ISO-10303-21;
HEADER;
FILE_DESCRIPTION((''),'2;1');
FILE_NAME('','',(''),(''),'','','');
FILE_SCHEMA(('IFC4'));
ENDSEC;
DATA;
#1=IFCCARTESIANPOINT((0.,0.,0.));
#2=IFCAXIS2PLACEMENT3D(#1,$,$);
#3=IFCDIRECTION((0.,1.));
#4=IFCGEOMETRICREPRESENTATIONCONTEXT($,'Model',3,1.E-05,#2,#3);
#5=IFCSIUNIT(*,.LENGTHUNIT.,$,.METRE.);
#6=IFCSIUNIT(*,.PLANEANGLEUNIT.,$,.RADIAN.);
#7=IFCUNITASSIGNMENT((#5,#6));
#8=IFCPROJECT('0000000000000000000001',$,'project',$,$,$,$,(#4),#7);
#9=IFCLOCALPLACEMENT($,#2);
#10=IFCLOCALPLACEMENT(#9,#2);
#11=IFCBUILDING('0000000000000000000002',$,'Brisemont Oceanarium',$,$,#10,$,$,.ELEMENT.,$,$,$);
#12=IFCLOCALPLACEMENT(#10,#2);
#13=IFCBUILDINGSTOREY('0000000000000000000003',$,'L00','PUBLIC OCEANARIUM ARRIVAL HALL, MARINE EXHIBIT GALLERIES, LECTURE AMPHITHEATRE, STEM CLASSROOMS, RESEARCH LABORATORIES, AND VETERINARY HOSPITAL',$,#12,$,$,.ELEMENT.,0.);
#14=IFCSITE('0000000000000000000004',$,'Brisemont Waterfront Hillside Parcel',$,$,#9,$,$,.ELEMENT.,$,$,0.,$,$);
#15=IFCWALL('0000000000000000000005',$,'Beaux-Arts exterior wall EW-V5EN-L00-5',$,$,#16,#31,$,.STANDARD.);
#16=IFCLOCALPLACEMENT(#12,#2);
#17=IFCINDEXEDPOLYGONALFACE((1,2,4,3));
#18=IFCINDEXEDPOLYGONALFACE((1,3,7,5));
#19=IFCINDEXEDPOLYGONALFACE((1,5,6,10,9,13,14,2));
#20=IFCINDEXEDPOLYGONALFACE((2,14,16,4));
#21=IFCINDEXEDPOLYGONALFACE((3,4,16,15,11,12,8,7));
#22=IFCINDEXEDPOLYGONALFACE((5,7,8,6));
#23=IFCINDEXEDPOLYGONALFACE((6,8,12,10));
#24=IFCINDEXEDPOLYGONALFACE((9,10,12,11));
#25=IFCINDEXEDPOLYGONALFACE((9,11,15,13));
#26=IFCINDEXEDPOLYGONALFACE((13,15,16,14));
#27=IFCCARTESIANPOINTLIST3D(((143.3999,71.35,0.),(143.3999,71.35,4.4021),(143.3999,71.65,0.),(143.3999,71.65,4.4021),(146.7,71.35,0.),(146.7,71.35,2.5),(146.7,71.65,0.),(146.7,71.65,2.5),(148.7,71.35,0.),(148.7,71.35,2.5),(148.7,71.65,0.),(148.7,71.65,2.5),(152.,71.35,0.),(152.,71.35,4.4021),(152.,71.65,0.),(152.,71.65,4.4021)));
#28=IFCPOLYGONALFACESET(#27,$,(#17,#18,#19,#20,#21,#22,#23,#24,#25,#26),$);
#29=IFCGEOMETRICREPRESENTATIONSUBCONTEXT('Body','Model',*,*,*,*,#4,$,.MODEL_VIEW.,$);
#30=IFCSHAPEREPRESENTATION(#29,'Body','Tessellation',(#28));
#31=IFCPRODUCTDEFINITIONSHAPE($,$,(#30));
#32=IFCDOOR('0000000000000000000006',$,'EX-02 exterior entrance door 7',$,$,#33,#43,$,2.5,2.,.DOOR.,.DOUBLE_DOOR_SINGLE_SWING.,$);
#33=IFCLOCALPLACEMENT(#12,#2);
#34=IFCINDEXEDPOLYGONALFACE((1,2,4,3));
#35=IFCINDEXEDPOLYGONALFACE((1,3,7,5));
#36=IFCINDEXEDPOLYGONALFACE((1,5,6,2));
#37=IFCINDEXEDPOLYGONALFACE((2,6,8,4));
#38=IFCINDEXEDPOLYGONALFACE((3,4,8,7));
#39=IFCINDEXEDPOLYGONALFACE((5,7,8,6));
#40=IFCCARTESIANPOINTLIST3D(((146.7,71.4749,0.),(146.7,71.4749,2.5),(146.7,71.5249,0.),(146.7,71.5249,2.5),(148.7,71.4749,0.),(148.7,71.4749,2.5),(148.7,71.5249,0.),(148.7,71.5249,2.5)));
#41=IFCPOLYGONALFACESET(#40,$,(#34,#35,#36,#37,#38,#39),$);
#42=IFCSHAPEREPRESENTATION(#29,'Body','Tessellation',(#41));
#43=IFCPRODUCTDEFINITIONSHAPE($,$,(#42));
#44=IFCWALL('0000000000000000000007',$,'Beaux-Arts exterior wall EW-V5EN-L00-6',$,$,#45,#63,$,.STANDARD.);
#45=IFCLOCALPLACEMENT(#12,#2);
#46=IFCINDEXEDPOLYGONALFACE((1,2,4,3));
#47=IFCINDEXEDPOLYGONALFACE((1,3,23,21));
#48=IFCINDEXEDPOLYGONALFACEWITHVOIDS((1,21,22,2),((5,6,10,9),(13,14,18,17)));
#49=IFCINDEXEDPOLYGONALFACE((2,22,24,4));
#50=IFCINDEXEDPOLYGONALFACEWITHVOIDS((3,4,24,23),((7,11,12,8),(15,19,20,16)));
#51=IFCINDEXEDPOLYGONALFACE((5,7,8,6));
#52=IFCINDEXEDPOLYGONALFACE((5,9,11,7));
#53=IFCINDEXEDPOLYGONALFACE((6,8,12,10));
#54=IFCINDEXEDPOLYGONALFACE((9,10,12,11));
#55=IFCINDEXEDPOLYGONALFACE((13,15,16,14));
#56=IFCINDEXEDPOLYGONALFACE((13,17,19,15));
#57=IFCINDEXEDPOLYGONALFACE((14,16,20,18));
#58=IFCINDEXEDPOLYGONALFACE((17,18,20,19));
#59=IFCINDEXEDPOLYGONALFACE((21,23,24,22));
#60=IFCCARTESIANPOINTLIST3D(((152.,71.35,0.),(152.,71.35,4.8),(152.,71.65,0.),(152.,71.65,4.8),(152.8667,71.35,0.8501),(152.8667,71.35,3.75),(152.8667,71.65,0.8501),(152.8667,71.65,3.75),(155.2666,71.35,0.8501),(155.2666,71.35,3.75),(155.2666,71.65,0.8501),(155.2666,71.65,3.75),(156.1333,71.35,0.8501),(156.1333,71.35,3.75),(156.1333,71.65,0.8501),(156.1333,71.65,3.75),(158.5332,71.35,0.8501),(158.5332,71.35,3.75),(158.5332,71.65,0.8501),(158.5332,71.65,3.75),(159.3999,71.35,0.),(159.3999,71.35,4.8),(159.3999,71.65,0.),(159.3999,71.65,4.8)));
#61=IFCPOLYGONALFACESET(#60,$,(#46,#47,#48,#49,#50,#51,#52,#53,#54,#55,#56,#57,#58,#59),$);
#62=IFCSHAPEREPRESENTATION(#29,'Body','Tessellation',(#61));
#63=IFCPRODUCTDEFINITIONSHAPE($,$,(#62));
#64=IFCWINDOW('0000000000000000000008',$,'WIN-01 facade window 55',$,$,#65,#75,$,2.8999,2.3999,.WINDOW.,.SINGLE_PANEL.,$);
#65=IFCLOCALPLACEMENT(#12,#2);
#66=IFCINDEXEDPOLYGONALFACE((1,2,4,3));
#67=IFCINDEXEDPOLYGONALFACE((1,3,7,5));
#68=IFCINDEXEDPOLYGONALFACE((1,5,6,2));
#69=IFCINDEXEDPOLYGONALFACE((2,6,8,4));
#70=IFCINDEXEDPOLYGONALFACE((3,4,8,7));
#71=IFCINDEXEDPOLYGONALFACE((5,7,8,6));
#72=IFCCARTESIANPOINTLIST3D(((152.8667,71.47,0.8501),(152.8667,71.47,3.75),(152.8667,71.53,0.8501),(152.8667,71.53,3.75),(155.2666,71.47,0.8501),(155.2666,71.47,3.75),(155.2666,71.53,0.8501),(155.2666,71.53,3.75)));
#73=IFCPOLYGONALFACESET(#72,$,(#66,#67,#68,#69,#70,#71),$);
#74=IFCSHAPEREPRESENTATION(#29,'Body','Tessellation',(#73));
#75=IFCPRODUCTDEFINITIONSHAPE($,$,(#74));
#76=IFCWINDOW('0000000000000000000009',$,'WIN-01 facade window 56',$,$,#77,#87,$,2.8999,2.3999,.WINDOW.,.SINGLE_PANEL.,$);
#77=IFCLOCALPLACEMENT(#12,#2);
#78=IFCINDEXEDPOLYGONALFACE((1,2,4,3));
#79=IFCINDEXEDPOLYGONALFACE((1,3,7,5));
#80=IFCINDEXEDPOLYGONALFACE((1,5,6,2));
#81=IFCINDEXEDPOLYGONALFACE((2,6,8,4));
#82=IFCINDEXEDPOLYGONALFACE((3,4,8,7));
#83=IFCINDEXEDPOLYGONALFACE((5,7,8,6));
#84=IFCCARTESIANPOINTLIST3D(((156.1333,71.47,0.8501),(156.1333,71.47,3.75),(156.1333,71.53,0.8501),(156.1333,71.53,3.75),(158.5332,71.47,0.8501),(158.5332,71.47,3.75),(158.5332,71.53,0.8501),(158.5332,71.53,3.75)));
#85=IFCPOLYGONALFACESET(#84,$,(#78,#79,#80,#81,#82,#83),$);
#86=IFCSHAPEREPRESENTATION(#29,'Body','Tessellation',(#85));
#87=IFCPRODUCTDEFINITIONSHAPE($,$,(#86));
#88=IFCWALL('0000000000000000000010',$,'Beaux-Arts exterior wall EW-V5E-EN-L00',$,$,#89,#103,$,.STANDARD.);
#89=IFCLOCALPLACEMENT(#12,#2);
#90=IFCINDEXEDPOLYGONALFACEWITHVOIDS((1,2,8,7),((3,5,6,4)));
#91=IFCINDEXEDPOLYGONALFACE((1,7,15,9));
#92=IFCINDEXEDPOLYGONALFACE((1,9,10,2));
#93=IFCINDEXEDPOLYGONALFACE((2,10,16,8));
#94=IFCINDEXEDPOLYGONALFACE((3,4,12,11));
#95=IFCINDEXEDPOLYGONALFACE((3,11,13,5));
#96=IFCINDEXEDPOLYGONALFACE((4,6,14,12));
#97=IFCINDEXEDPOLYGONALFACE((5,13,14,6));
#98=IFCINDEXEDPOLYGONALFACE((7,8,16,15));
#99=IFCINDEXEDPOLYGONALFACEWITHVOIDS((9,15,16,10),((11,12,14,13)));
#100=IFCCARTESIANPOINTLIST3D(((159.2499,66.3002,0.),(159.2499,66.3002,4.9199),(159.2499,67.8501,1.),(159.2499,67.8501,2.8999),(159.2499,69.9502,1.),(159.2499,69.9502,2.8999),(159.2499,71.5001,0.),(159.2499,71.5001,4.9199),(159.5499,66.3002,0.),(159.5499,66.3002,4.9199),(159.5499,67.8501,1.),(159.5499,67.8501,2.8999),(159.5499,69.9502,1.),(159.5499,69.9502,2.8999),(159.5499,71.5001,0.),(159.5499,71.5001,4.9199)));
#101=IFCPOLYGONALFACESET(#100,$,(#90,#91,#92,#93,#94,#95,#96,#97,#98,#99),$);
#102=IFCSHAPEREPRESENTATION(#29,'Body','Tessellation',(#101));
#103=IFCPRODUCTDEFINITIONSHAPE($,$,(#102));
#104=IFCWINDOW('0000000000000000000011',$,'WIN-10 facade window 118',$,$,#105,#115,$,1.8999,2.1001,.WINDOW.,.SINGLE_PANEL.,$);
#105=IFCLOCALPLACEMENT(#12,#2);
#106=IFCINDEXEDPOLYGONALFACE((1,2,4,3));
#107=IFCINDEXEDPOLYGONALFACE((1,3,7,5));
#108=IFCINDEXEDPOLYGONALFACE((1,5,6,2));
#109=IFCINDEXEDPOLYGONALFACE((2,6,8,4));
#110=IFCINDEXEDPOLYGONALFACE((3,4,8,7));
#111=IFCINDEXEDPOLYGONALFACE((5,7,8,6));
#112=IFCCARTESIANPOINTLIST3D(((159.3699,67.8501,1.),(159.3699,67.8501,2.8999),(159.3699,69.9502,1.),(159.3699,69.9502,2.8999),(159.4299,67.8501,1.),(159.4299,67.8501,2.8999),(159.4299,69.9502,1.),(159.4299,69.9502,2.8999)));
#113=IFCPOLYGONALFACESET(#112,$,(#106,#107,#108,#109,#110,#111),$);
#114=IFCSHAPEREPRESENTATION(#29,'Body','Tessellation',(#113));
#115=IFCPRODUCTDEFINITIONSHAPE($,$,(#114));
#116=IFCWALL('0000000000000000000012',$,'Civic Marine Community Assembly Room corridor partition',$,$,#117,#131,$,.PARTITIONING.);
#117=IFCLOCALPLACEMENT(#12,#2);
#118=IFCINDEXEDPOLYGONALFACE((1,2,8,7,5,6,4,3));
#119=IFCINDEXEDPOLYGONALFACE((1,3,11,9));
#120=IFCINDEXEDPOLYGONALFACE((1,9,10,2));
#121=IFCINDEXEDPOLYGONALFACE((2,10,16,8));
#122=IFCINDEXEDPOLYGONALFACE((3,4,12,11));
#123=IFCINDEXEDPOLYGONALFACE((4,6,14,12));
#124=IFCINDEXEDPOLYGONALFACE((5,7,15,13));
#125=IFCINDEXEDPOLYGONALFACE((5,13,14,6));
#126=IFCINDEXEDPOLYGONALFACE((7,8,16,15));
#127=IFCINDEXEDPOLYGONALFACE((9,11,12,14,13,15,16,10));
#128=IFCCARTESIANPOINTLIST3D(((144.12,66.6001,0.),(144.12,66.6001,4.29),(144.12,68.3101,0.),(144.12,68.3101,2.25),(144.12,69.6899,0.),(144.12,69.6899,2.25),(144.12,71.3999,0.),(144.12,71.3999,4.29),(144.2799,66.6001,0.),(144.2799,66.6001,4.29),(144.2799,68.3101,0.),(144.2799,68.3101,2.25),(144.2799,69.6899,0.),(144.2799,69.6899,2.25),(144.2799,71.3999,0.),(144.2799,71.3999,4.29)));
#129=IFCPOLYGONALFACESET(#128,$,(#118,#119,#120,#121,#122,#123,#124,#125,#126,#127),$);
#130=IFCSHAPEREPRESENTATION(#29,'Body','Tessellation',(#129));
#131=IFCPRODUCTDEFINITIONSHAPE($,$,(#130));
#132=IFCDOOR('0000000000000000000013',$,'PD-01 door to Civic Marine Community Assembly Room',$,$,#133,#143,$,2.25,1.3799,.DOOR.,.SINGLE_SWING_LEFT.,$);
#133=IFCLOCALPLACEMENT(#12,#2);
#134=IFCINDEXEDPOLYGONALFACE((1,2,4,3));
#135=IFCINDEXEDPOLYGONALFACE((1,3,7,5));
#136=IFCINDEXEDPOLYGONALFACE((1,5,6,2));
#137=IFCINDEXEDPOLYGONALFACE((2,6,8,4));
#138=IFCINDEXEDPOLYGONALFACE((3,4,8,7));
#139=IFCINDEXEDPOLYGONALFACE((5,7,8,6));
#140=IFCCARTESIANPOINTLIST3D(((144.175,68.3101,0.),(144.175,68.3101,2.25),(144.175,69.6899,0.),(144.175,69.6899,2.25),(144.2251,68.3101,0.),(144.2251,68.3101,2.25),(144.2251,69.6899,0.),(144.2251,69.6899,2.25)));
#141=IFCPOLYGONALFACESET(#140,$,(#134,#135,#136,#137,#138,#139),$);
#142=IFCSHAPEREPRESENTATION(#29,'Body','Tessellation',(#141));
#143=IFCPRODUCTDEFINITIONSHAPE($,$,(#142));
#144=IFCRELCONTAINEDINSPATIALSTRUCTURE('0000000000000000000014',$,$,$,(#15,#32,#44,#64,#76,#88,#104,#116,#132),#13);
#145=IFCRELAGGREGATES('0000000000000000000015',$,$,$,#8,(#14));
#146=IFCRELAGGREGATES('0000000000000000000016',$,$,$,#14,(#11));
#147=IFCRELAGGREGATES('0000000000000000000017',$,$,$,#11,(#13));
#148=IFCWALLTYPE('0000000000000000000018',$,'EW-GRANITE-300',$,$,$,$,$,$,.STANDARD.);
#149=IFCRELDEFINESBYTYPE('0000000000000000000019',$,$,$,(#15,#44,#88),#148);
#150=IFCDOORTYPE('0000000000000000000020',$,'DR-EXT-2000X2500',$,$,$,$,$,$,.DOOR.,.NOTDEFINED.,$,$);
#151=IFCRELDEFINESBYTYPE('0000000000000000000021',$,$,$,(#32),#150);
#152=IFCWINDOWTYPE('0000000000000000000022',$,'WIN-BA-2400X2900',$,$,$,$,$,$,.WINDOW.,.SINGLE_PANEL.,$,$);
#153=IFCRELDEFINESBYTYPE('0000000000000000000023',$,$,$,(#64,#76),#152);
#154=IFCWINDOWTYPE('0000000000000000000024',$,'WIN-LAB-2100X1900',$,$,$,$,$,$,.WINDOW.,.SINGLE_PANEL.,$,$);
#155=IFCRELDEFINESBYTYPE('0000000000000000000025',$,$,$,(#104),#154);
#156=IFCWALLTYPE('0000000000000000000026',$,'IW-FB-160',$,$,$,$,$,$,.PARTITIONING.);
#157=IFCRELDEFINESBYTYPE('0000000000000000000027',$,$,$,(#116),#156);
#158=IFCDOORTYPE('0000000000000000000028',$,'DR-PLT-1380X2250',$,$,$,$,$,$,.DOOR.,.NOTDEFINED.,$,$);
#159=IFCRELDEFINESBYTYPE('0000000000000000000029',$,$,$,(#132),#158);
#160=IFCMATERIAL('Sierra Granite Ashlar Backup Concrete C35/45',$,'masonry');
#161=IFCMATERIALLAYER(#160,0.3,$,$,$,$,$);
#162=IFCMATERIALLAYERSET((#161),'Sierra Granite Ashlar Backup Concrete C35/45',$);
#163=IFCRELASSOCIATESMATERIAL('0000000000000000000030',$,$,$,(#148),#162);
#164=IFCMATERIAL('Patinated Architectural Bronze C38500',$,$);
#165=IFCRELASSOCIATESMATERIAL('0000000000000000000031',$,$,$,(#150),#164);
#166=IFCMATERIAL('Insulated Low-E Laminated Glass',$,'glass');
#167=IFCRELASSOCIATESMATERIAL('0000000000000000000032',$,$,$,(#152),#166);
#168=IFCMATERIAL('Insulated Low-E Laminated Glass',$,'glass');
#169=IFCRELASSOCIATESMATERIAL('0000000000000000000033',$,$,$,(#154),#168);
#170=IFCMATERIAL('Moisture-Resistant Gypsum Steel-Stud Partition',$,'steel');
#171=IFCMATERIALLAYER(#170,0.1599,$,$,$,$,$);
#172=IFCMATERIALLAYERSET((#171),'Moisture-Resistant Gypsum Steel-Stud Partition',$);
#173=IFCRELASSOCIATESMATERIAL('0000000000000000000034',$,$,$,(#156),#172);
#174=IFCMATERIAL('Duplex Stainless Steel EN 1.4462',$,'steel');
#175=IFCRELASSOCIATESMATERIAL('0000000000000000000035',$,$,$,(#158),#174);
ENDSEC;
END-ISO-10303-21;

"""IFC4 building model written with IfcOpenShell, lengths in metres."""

from ifc_helpers import new_model, si_unit, direction, frame, frame_2d, origin, place, context, subcontext, project, spatial, rectangle, extrude, material, layer, layer_set, type_object, element, fill, save


model = new_model("IFC4")

# Units and contexts
model_context = context("Model", 3, precision=1e-05, world=origin(), true_north=direction((0.0, 1.0)))
body_context = subcontext(model_context, "Body", "Model", "MODEL_VIEW")
ifc_project = project(units=[si_unit("LENGTHUNIT", "METRE"), si_unit("PLANEANGLEUNIT", "RADIAN")], contexts=[model_context])

# Site, building, storey
site_placement = place(None, origin())
site = spatial("IfcSite", under=ifc_project, at=site_placement, Name="Brisemont Waterfront Hillside Parcel", CompositionType="ELEMENT", RefElevation=0.0)
building_placement = place(site_placement, origin())
building = spatial("IfcBuilding", under=site, at=building_placement, Name="Brisemont Oceanarium", CompositionType="ELEMENT")
storey_placement = place(building_placement, origin())
storey = spatial("IfcBuildingStorey", under=building, at=storey_placement, Name="L00", Description="PUBLIC OCEANARIUM ARRIVAL HALL, MARINE EXHIBIT GALLERIES, LECTURE AMPHITHEATRE, STEM CLASSROOMS, RESEARCH LABORATORIES, AND VETERINARY HOSPITAL", CompositionType="ELEMENT", Elevation=0.0)

# Wall, opening, door
ifc_material_1 = material(Name="Sierra Granite Ashlar Backup Concrete C35/45", Category="masonry")
ifc_layer_1 = layer(ifc_material_1, 0.3)
ifc_layer_set_1 = layer_set([ifc_layer_1], Name="Sierra Granite Ashlar Backup Concrete C35/45")
wall_type_1 = type_object("IfcWallType", Name="EW-GRANITE-300", PredefinedType="STANDARD", material=ifc_layer_set_1)
wall_1_placement = place(storey_placement, frame((143.3999, 71.5, 0.0), z_axis=(0.0, 0.0, 1.0), x_axis=(1.0, 0.0, 0.0)))
wall_1 = element("IfcWall", 1, at=wall_1_placement, inside=storey, type_object=wall_type_1, Name="Beaux-Arts exterior wall EW-V5EN-L00-5", PredefinedType="STANDARD", context=body_context, shape_type="SweptSolid", body=[
    extrude(rectangle(XDim=8.6001, YDim=0.3, at=frame_2d((4.3, 0.0))), origin(), (0.0, 0.0, 1.0), 4.4021),
])
opening_1_placement = place(wall_1_placement, frame((3.3, 0.0, 0.0)))
opening_1 = element("IfcOpeningElement", 2, at=opening_1_placement, cuts=wall_1, PredefinedType="OPENING", context=body_context, shape_type="SweptSolid", body=[
    extrude(rectangle(XDim=2.0, YDim=2.5, at=frame_2d((1.0, 1.25))), frame((0.0, 0.1599, 0.0), z_axis=(0.0, -1.0, 0.0), x_axis=(1.0, 0.0, 0.0)), (0.0, 0.0, 1.0), 0.3201),
])
ifc_material_2 = material(Name="Patinated Architectural Bronze C38500")
door_type_1 = type_object("IfcDoorType", Name="DR-EXT-2000X2500", OperationType="NOTDEFINED", PredefinedType="DOOR", material=ifc_material_2)
door_1_placement = place(opening_1_placement, origin())
door_1 = element("IfcDoor", 3, at=door_1_placement, inside=storey, type_object=door_type_1, Name="EX-02 exterior entrance door 7", OperationType="DOUBLE_DOOR_SINGLE_SWING", OverallHeight=2.5, OverallWidth=2.0, PredefinedType="DOOR", context=body_context, shape_type="SweptSolid", body=[
    extrude(rectangle(XDim=2.0, YDim=2.5, at=frame_2d((1.0, 1.25))), frame((0.0, 0.0249, 0.0), z_axis=(0.0, -1.0, 0.0), x_axis=(1.0, 0.0, 0.0)), (0.0, 0.0, 1.0), 0.05),
])
fill(opening_1, door_1)

# Wall, openings, windows
wall_2_placement = place(storey_placement, frame((152.0, 71.5, 0.0), z_axis=(0.0, 0.0, 1.0), x_axis=(1.0, 0.0, 0.0)))
wall_2 = element("IfcWall", 4, at=wall_2_placement, inside=storey, type_object=wall_type_1, Name="Beaux-Arts exterior wall EW-V5EN-L00-6", PredefinedType="STANDARD", context=body_context, shape_type="SweptSolid", body=[
    extrude(rectangle(XDim=7.3999, YDim=0.3, at=frame_2d((3.7, 0.0))), origin(), (0.0, 0.0, 1.0), 4.8),
])
opening_2_placement = place(wall_2_placement, frame((0.8667, 0.0, 0.8501)))
opening_2 = element("IfcOpeningElement", 5, at=opening_2_placement, cuts=wall_2, PredefinedType="OPENING", context=body_context, shape_type="SweptSolid", body=[
    extrude(rectangle(XDim=2.3999, YDim=2.8999, at=frame_2d((1.2, 1.45))), frame((0.0, 0.1599, 0.0), z_axis=(0.0, -1.0, 0.0), x_axis=(1.0, 0.0, 0.0)), (0.0, 0.0, 1.0), 0.3201),
])
opening_3_placement = place(wall_2_placement, frame((4.1333, 0.0, 0.8501)))
opening_3 = element("IfcOpeningElement", 6, at=opening_3_placement, cuts=wall_2, PredefinedType="OPENING", context=body_context, shape_type="SweptSolid", body=[
    extrude(rectangle(XDim=2.3999, YDim=2.8999, at=frame_2d((1.2, 1.45))), frame((0.0, 0.1599, 0.0), z_axis=(0.0, -1.0, 0.0), x_axis=(1.0, 0.0, 0.0)), (0.0, 0.0, 1.0), 0.3201),
])
ifc_material_3 = material(Name="Insulated Low-E Laminated Glass", Category="glass")
window_type_1 = type_object("IfcWindowType", Name="WIN-BA-2400X2900", PartitioningType="SINGLE_PANEL", PredefinedType="WINDOW", material=ifc_material_3)
window_1_placement = place(opening_2_placement, origin())
window_1 = element("IfcWindow", 7, at=window_1_placement, inside=storey, type_object=window_type_1, Name="WIN-01 facade window 55", OverallHeight=2.8999, OverallWidth=2.3999, PartitioningType="SINGLE_PANEL", PredefinedType="WINDOW", context=body_context, shape_type="SweptSolid", body=[
    extrude(rectangle(XDim=2.3999, YDim=2.8999, at=frame_2d((1.2, 1.45))), frame((0.0, 0.03, 0.0), z_axis=(0.0, -1.0, 0.0), x_axis=(1.0, 0.0, 0.0)), (0.0, 0.0, 1.0), 0.0601),
])
fill(opening_2, window_1)
window_2_placement = place(opening_3_placement, origin())
window_2 = element("IfcWindow", 8, at=window_2_placement, inside=storey, type_object=window_type_1, Name="WIN-01 facade window 56", OverallHeight=2.8999, OverallWidth=2.3999, PartitioningType="SINGLE_PANEL", PredefinedType="WINDOW", context=body_context, shape_type="SweptSolid", body=[
    extrude(rectangle(XDim=2.3999, YDim=2.8999, at=frame_2d((1.2, 1.45))), frame((0.0, 0.03, 0.0), z_axis=(0.0, -1.0, 0.0), x_axis=(1.0, 0.0, 0.0)), (0.0, 0.0, 1.0), 0.0601),
])
fill(opening_3, window_2)

# Wall, opening, window
wall_3_placement = place(storey_placement, frame((159.3999, 66.3, 0.0), z_axis=(0.0, 0.0, 1.0), x_axis=(0.0, 1.0, 0.0)))
wall_3 = element("IfcWall", 9, at=wall_3_placement, inside=storey, type_object=wall_type_1, Name="Beaux-Arts exterior wall EW-V5E-EN-L00", PredefinedType="STANDARD", context=body_context, shape_type="SweptSolid", body=[
    extrude(rectangle(XDim=5.2, YDim=0.3, at=frame_2d((2.6001, 0.0))), origin(), (0.0, 0.0, 1.0), 4.9199),
])
opening_4_placement = place(wall_3_placement, frame((1.55, 0.0, 1.0)))
opening_4 = element("IfcOpeningElement", 10, at=opening_4_placement, cuts=wall_3, PredefinedType="OPENING", context=body_context, shape_type="SweptSolid", body=[
    extrude(rectangle(XDim=2.1001, YDim=1.8999, at=frame_2d((1.05, 0.95))), frame((0.0, 0.1599, 0.0), z_axis=(0.0, -1.0, 0.0), x_axis=(1.0, 0.0, 0.0)), (0.0, 0.0, 1.0), 0.3201),
])
ifc_material_4 = material(Name="Insulated Low-E Laminated Glass", Category="glass")
window_type_2 = type_object("IfcWindowType", Name="WIN-LAB-2100X1900", PartitioningType="SINGLE_PANEL", PredefinedType="WINDOW", material=ifc_material_4)
window_3_placement = place(opening_4_placement, origin())
window_3 = element("IfcWindow", 11, at=window_3_placement, inside=storey, type_object=window_type_2, Name="WIN-10 facade window 118", OverallHeight=1.8999, OverallWidth=2.1001, PartitioningType="SINGLE_PANEL", PredefinedType="WINDOW", context=body_context, shape_type="SweptSolid", body=[
    extrude(rectangle(XDim=2.1001, YDim=1.8999, at=frame_2d((1.05, 0.95))), frame((0.0, 0.03, 0.0), z_axis=(0.0, -1.0, 0.0), x_axis=(1.0, 0.0, 0.0)), (0.0, 0.0, 1.0), 0.0601),
])
fill(opening_4, window_3)

# Wall, opening, door
ifc_material_5 = material(Name="Moisture-Resistant Gypsum Steel-Stud Partition", Category="steel")
ifc_layer_2 = layer(ifc_material_5, 0.1599)
ifc_layer_set_2 = layer_set([ifc_layer_2], Name="Moisture-Resistant Gypsum Steel-Stud Partition")
wall_type_2 = type_object("IfcWallType", Name="IW-FB-160", PredefinedType="PARTITIONING", material=ifc_layer_set_2)
wall_4_placement = place(storey_placement, frame((144.2, 66.6001, 0.0), z_axis=(0.0, 0.0, 1.0), x_axis=(0.0, 1.0, 0.0)))
wall_4 = element("IfcWall", 12, at=wall_4_placement, inside=storey, type_object=wall_type_2, Name="Civic Marine Community Assembly Room corridor partition", PredefinedType="PARTITIONING", context=body_context, shape_type="SweptSolid", body=[
    extrude(rectangle(XDim=4.7998, YDim=0.1599, at=frame_2d((2.3999, 0.0))), origin(), (0.0, 0.0, 1.0), 4.29),
])
opening_5_placement = place(wall_4_placement, frame((1.71, 0.0, 0.0)))
opening_5 = element("IfcOpeningElement", 13, at=opening_5_placement, cuts=wall_4, PredefinedType="OPENING", context=body_context, shape_type="SweptSolid", body=[
    extrude(rectangle(XDim=1.3799, YDim=2.25, at=frame_2d((0.6899, 1.125))), frame((0.0, 0.0898, 0.0), z_axis=(0.0, -1.0, 0.0), x_axis=(1.0, 0.0, 0.0)), (0.0, 0.0, 1.0), 0.1799),
])
ifc_material_6 = material(Name="Duplex Stainless Steel EN 1.4462", Category="steel")
door_type_2 = type_object("IfcDoorType", Name="DR-PLT-1380X2250", OperationType="NOTDEFINED", PredefinedType="DOOR", material=ifc_material_6)
door_2_placement = place(opening_5_placement, origin())
door_2 = element("IfcDoor", 14, at=door_2_placement, inside=storey, type_object=door_type_2, Name="PD-01 door to Civic Marine Community Assembly Room", OperationType="SINGLE_SWING_LEFT", OverallHeight=2.25, OverallWidth=1.3799, PredefinedType="DOOR", context=body_context, shape_type="SweptSolid", body=[
    extrude(rectangle(XDim=1.3799, YDim=2.25, at=frame_2d((0.6899, 1.125))), frame((0.0, 0.0249, 0.0), z_axis=(0.0, -1.0, 0.0), x_axis=(1.0, 0.0, 0.0)), (0.0, 0.0, 1.0), 0.05),
])
fill(opening_5, door_2)

save(model, "model.ifc")
